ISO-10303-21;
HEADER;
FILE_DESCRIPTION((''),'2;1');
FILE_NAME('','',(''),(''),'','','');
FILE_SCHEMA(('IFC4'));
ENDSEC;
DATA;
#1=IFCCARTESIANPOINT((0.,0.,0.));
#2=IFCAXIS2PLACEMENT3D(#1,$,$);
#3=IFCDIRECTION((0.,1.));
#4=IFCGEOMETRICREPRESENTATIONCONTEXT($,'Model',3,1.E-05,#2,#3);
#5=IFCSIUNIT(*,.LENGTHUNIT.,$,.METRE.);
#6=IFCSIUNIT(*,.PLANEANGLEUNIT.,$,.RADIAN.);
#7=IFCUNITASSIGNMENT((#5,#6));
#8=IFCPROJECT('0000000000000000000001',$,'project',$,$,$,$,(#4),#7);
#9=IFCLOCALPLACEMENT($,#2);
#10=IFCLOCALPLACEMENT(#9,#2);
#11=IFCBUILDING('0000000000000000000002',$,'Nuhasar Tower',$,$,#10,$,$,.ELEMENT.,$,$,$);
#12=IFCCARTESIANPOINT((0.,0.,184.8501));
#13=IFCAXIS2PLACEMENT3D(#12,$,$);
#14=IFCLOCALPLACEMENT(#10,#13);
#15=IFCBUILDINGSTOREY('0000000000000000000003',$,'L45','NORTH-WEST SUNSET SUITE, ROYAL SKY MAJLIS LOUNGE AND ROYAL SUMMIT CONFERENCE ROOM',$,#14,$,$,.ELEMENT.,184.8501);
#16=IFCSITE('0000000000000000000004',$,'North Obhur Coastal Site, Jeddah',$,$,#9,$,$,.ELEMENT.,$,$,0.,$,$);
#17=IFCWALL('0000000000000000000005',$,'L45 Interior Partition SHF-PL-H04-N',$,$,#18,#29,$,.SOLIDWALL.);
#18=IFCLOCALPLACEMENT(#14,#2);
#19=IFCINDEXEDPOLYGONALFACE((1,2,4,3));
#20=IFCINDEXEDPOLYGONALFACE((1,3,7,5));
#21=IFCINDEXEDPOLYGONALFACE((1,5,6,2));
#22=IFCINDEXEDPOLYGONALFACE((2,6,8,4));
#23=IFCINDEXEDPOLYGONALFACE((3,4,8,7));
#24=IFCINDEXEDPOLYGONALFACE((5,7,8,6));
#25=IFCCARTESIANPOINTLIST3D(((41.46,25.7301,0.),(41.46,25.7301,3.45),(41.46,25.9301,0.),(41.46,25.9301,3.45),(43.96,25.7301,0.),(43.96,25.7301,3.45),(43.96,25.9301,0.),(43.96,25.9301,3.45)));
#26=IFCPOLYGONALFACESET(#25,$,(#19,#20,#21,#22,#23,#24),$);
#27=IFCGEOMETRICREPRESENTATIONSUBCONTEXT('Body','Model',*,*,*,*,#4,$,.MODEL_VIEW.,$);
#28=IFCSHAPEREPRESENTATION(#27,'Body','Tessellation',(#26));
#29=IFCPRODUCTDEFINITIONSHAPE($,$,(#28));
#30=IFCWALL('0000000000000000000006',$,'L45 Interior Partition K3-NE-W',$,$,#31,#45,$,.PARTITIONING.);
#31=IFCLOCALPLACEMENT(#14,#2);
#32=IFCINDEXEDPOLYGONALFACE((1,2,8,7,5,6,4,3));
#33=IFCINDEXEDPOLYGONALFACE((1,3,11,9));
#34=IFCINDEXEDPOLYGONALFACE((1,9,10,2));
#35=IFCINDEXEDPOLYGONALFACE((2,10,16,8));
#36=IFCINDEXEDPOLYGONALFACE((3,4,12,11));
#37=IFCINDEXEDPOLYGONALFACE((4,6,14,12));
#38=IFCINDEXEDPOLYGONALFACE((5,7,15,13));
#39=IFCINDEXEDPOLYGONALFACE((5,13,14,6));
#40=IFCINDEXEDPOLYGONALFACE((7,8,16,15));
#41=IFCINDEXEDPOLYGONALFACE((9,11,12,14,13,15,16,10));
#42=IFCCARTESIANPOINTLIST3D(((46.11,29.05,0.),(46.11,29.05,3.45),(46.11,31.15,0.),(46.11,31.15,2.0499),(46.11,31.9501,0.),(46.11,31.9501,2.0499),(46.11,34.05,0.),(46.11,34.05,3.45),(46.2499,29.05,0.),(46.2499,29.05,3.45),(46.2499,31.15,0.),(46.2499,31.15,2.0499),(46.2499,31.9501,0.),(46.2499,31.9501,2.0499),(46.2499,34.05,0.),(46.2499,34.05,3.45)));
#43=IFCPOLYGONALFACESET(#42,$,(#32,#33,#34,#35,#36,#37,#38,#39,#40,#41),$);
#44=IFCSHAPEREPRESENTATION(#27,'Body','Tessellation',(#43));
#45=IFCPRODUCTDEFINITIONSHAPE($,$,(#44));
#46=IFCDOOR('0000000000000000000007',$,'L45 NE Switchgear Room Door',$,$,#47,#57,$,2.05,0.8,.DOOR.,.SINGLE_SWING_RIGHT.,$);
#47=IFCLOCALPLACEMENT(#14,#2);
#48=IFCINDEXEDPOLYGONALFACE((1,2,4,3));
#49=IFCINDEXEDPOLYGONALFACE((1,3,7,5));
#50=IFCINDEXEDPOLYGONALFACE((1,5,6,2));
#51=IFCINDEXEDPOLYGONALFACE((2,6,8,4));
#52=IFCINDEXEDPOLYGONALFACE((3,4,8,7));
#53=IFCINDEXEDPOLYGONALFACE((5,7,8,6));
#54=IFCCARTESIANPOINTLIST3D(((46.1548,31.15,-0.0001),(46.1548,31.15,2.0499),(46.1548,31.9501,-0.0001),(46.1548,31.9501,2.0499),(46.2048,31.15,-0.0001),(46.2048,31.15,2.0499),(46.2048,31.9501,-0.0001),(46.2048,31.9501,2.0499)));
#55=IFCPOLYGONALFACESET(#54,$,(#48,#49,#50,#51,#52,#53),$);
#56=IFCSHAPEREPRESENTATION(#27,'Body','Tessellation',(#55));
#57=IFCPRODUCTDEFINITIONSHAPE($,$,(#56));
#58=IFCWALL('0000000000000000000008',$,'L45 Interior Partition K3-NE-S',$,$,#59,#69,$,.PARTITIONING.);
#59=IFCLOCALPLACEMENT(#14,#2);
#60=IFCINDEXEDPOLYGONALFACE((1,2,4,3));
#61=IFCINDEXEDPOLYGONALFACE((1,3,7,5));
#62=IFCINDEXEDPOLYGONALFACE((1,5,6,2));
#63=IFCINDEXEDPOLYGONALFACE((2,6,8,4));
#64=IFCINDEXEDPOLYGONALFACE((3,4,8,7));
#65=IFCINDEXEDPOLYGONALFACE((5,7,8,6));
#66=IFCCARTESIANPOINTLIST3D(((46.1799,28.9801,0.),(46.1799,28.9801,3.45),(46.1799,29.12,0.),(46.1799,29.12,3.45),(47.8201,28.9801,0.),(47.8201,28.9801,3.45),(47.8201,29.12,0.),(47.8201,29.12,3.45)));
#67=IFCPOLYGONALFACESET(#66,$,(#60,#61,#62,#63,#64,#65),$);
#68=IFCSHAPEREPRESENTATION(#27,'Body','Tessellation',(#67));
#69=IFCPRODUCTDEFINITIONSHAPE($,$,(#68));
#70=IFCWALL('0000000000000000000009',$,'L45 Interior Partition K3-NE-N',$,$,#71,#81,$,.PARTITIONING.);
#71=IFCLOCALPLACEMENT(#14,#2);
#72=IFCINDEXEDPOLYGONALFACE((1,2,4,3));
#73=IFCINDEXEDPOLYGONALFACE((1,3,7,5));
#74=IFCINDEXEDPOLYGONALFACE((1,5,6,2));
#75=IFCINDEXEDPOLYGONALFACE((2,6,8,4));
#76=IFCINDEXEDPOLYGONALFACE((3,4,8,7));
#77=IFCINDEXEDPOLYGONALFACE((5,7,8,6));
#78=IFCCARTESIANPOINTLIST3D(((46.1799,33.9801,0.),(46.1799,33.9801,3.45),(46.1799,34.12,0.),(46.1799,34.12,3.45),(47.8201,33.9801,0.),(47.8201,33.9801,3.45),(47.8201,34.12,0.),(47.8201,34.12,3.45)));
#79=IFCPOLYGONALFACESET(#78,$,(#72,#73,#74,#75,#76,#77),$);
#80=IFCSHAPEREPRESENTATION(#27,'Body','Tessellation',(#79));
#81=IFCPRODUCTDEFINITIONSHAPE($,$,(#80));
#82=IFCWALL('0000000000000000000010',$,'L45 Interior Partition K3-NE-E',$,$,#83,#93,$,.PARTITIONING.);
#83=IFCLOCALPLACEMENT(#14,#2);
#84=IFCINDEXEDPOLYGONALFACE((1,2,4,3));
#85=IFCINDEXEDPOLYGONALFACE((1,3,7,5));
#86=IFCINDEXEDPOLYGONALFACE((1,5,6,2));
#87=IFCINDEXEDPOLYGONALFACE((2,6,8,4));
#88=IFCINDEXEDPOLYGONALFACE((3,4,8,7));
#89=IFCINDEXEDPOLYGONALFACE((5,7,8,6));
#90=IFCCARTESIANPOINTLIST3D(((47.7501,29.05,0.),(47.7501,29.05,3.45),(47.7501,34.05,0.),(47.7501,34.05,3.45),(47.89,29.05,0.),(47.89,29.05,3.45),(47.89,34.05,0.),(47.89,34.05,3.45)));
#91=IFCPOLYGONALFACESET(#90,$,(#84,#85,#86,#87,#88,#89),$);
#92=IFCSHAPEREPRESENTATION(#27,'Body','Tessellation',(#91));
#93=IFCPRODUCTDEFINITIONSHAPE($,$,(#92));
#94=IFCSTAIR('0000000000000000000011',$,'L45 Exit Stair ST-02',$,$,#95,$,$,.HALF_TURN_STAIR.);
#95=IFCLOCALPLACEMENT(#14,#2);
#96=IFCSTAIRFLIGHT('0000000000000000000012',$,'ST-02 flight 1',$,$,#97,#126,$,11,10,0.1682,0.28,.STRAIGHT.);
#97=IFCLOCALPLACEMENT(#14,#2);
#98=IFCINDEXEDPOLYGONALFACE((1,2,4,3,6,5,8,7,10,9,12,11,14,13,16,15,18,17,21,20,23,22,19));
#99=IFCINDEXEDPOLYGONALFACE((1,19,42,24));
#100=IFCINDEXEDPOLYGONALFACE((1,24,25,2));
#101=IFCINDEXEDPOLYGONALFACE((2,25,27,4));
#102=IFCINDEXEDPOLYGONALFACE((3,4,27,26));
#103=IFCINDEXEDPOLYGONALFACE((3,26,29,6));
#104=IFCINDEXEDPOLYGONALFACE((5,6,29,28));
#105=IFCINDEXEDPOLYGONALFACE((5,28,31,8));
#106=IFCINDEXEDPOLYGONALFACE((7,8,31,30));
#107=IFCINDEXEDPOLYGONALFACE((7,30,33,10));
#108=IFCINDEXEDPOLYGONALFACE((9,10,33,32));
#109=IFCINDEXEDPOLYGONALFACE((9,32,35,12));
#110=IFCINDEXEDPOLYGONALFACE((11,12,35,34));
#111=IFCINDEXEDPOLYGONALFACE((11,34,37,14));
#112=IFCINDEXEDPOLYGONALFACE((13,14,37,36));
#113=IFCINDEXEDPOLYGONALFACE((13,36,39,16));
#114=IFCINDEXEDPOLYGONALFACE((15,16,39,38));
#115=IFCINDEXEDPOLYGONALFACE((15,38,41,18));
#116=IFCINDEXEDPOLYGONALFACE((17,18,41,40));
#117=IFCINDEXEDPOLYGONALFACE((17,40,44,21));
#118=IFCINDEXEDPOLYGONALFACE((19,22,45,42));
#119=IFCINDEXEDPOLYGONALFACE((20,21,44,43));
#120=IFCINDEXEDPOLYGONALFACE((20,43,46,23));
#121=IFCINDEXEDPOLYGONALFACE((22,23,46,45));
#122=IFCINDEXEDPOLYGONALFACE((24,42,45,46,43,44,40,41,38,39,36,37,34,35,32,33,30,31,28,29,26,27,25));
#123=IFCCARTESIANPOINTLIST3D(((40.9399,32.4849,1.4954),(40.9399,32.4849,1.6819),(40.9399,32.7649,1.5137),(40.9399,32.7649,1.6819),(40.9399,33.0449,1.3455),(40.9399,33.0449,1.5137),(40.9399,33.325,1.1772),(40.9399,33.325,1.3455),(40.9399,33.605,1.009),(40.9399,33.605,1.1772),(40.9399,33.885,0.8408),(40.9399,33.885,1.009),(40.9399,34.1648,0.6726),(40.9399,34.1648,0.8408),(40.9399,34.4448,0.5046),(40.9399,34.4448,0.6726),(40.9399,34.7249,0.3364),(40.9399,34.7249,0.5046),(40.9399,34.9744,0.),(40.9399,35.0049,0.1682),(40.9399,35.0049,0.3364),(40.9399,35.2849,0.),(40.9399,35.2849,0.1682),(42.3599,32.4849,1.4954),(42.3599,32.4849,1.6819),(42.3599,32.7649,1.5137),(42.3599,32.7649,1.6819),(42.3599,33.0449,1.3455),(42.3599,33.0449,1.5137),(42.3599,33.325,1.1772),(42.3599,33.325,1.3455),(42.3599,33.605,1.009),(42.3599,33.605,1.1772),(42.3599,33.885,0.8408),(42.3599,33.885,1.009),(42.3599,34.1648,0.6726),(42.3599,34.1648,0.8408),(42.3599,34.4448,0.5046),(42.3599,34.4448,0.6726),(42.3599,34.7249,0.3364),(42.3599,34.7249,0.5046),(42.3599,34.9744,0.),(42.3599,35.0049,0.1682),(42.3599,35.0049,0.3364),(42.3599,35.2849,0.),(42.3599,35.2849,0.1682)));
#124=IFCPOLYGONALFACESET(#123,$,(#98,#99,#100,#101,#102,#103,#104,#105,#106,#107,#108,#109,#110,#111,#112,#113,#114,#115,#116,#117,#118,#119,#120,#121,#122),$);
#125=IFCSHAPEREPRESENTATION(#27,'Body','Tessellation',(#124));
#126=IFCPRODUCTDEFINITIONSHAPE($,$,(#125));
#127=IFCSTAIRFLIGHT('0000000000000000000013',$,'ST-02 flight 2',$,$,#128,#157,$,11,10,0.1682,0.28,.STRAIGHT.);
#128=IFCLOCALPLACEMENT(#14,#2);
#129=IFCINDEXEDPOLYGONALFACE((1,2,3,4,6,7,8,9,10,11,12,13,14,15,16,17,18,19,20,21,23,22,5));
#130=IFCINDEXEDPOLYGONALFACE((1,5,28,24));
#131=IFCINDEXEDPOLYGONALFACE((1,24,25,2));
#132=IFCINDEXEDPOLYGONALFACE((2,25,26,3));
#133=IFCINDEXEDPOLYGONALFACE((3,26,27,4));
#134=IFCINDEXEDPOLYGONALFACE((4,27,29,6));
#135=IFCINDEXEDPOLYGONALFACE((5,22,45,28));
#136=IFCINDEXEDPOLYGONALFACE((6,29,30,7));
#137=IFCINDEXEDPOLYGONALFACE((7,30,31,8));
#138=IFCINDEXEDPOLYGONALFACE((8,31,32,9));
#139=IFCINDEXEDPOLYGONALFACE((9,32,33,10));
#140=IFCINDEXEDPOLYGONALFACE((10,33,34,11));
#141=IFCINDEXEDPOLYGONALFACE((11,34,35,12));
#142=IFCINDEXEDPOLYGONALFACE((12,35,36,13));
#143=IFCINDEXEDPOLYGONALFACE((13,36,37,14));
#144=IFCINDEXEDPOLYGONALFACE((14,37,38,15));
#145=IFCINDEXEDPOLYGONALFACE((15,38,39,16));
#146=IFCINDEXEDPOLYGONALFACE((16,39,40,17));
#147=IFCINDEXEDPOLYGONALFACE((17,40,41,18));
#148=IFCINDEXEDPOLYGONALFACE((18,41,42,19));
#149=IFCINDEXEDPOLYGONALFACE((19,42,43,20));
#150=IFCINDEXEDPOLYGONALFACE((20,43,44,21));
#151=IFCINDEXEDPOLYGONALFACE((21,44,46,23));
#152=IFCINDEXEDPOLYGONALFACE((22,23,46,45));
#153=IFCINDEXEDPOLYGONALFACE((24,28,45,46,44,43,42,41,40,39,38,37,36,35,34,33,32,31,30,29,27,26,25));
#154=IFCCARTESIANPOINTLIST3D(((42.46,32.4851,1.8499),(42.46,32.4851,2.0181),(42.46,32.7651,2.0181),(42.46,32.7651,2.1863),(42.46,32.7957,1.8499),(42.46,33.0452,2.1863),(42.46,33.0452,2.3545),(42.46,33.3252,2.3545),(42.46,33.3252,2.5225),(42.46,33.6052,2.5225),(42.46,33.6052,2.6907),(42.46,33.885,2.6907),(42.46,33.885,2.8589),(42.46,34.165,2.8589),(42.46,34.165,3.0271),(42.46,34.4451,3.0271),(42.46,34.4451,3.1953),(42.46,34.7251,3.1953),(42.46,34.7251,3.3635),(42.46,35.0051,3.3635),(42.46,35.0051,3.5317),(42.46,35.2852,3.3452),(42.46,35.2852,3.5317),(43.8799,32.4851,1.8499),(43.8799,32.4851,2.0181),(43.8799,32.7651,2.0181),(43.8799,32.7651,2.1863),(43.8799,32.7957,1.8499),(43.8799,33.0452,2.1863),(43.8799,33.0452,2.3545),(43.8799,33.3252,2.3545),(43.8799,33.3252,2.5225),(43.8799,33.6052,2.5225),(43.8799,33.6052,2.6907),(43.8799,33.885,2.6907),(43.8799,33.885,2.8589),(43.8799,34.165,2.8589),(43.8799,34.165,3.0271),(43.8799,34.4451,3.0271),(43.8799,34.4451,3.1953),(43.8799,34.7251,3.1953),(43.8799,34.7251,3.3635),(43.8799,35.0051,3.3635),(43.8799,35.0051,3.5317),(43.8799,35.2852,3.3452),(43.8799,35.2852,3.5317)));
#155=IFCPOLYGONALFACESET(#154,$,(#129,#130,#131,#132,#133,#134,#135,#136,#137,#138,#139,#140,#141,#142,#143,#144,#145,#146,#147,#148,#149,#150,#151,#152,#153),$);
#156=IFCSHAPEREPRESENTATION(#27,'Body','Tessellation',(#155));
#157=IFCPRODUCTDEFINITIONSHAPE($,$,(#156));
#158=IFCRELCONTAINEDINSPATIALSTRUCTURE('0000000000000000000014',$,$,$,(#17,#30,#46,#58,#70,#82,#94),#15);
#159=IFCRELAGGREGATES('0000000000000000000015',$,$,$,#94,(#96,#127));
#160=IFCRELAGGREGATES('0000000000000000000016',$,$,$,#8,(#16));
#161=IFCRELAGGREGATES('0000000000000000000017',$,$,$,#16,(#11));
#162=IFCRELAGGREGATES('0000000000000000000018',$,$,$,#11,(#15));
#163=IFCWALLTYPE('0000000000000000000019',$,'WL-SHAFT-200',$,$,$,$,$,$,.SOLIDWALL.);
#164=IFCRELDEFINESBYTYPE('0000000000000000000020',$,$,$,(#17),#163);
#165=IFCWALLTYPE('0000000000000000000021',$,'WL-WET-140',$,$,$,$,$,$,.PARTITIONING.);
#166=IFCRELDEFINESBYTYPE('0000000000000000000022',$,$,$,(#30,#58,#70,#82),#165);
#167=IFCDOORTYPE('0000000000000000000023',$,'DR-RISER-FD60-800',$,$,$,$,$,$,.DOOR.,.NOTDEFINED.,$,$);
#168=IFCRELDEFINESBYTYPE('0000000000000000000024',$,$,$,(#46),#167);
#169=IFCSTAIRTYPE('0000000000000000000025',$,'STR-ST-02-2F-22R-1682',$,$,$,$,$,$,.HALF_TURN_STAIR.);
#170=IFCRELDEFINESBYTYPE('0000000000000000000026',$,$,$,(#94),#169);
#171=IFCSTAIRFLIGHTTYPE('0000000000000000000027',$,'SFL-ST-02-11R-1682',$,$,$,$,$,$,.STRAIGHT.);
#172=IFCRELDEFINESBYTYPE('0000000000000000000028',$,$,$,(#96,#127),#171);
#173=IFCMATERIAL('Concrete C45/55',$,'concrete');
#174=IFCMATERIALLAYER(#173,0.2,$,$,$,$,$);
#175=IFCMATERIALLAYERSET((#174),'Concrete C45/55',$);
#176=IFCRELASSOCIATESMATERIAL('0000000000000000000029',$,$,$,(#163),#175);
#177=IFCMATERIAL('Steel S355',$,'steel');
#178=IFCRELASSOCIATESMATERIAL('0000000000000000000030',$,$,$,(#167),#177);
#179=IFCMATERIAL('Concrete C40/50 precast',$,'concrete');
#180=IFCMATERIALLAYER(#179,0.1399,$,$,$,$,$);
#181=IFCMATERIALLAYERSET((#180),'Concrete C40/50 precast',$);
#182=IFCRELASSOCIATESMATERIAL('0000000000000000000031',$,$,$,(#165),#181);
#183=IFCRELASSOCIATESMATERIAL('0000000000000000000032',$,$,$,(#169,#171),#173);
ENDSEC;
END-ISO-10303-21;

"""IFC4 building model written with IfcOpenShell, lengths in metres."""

from ifc_helpers import new_model, si_unit, direction, frame, frame_2d, origin, place, context, subcontext, project, spatial, polyline, rectangle, outline, extrude, material, layer, layer_set, type_object, element, fill, aggregate, save


model = new_model("IFC4")

# Units and contexts
model_context = context("Model", 3, precision=1e-05, world=origin(), true_north=direction((0.0, 1.0)))
body_context = subcontext(model_context, "Body", "Model", "MODEL_VIEW")
ifc_project = project(units=[si_unit("LENGTHUNIT", "METRE"), si_unit("PLANEANGLEUNIT", "RADIAN")], contexts=[model_context])

# Site, building, storey
site_placement = place(None, origin())
site = spatial("IfcSite", under=ifc_project, at=site_placement, Name="North Obhur Coastal Site, Jeddah", CompositionType="ELEMENT", RefElevation=0.0)
building_placement = place(site_placement, origin())
building = spatial("IfcBuilding", under=site, at=building_placement, Name="Nuhasar Tower", CompositionType="ELEMENT")
storey_placement = place(building_placement, frame((0.0, 0.0, 184.8501)))
storey = spatial("IfcBuildingStorey", under=building, at=storey_placement, Name="L45", Description="NORTH-WEST SUNSET SUITE, ROYAL SKY MAJLIS LOUNGE AND ROYAL SUMMIT CONFERENCE ROOM", CompositionType="ELEMENT", Elevation=184.8501)

# Shared definitions
ifc_material_1 = material(Name="Steel S355", Category="steel")

# Shared definitions
ifc_material_2 = material(Name="Concrete C45/55", Category="concrete")
ifc_layer_1 = layer(ifc_material_2, 0.2)
ifc_layer_set_1 = layer_set([ifc_layer_1], Name="Concrete C45/55")
wall_type_1 = type_object("IfcWallType", Name="WL-SHAFT-200", PredefinedType="SOLIDWALL", material=ifc_layer_set_1)

# Shared definitions
door_type = type_object("IfcDoorType", Name="DR-RISER-FD60-800", OperationType="NOTDEFINED", PredefinedType="DOOR", material=ifc_material_1)

# Wall
for number, where, z_axis, x_axis, name in (
    (1, (41.46, 25.8301, 0.0), (0.0, 0.0, 1.0), (1.0, 0.0, 0.0), "L45 Interior Partition SHF-PL-H04-N"),
):
    element("IfcWall", number, at=place(storey_placement, frame(where, z_axis=z_axis, x_axis=x_axis)), inside=storey, type_object=wall_type_1, Name=name, PredefinedType="SOLIDWALL", context=body_context, shape_type="SweptSolid", body=[
        extrude(rectangle(XDim=2.5, YDim=0.2, at=frame_2d((1.25, 0.0))), origin(), (0.0, 0.0, 1.0), 3.45),
    ])

# Wall, opening, door
ifc_material_3 = material(Name="Concrete C40/50 precast", Category="concrete")
ifc_layer_2 = layer(ifc_material_3, 0.1399)
ifc_layer_set_2 = layer_set([ifc_layer_2], Name="Concrete C40/50 precast")
wall_type_2 = type_object("IfcWallType", Name="WL-WET-140", PredefinedType="PARTITIONING", material=ifc_layer_set_2)
wall_1_placement = place(storey_placement, frame((46.1799, 34.05, 0.0), z_axis=(0.0, 0.0, 1.0), x_axis=(0.0, -1.0, 0.0)))
wall_1 = element("IfcWall", 2, at=wall_1_placement, inside=storey, type_object=wall_type_2, Name="L45 Interior Partition K3-NE-W", PredefinedType="PARTITIONING", context=body_context, shape_type="SweptSolid", body=[
    extrude(rectangle(XDim=5.0, YDim=0.1399, at=frame_2d((2.5, 0.0))), origin(), (0.0, 0.0, 1.0), 3.45),
])
opening_1_placement = place(wall_1_placement, frame((2.1001, 0.0, 0.0)))
opening_1 = element("IfcOpeningElement", 3, at=opening_1_placement, cuts=wall_1, PredefinedType="OPENING", context=body_context, shape_type="SweptSolid", body=[
    extrude(rectangle(XDim=0.8, YDim=2.05, at=frame_2d((0.3999, 1.0249))), frame((0.0, 0.0801, 0.0), z_axis=(0.0, -1.0, 0.0), x_axis=(1.0, 0.0, 0.0)), (0.0, 0.0, 1.0), 0.1599),
])
door_1_placement = place(opening_1_placement, origin())
door_1 = element("IfcDoor", 4, at=door_1_placement, inside=storey, type_object=door_type, Name="L45 NE Switchgear Room Door", OperationType="SINGLE_SWING_RIGHT", OverallHeight=2.05, OverallWidth=0.8, PredefinedType="DOOR", context=body_context, shape_type="SweptSolid", body=[
    extrude(rectangle(XDim=0.8, YDim=2.05, at=frame_2d((0.3999, 1.0249))), frame((0.0, 0.0249, 0.0), z_axis=(0.0, -1.0, 0.0), x_axis=(1.0, 0.0, 0.0)), (0.0, 0.0, 1.0), 0.05),
])
fill(opening_1, door_1)

# Walls
for number, where, z_axis, x_axis, name in (
    (5, (46.1799, 29.05, 0.0), (0.0, 0.0, 1.0), (1.0, 0.0, 0.0), "L45 Interior Partition K3-NE-S"),
    (6, (46.1799, 34.05, 0.0), (0.0, 0.0, 1.0), (1.0, 0.0, 0.0), "L45 Interior Partition K3-NE-N"),
):
    element("IfcWall", number, at=place(storey_placement, frame(where, z_axis=z_axis, x_axis=x_axis)), inside=storey, type_object=wall_type_2, Name=name, PredefinedType="PARTITIONING", context=body_context, shape_type="SweptSolid", body=[
        extrude(rectangle(XDim=1.6401, YDim=0.1399, at=frame_2d((0.8201, 0.0))), origin(), (0.0, 0.0, 1.0), 3.45),
    ])
wall_2_placement = place(storey_placement, frame((47.8201, 29.05, 0.0), z_axis=(0.0, 0.0, 1.0), x_axis=(0.0, 1.0, 0.0)))
element("IfcWall", 7, at=wall_2_placement, inside=storey, type_object=wall_type_2, Name="L45 Interior Partition K3-NE-E", PredefinedType="PARTITIONING", context=body_context, shape_type="SweptSolid", body=[
    extrude(rectangle(XDim=5.0, YDim=0.1399, at=frame_2d((2.5, 0.0))), origin(), (0.0, 0.0, 1.0), 3.45),
])

# Stair, stair flights
stair_type_1 = type_object("IfcStairType", Name="STR-ST-02-2F-22R-1682", PredefinedType="HALF_TURN_STAIR", material=ifc_material_2)
stair_1_placement = place(storey_placement, origin())
stair_1 = element("IfcStair", 8, at=stair_1_placement, inside=storey, type_object=stair_type_1, Name="L45 Exit Stair ST-02", PredefinedType="HALF_TURN_STAIR")
stair_flight_type_1 = type_object("IfcStairFlightType", Name="SFL-ST-02-11R-1682", PredefinedType="STRAIGHT", material=ifc_material_2)
stair_flight_1_placement = place(storey_placement, frame((41.6499, 35.2849, 0.0), z_axis=(0.0, 0.0, 1.0), x_axis=(0.0, -1.0, 0.0)))
stair_flight_1 = element("IfcStairFlight", 9, at=stair_flight_1_placement, type_object=stair_flight_type_1, Name="ST-02 flight 1", NumberOfRisers=11, NumberOfTreads=10, PredefinedType="STRAIGHT", RiserHeight=0.1682, TreadLength=0.28, context=body_context, shape_type="SweptSolid", body=[
    extrude(outline(polyline([(0.0, 0.0), (0.0, 0.1682), (0.28, 0.1682), (0.28, 0.3364), (0.5601, 0.3364), (0.5601, 0.5046), (0.8401, 0.5046), (0.8401, 0.6726), (1.1201, 0.6726), (1.1201, 0.8408), (1.3999, 0.8408), (1.3999, 1.009), (1.6799, 1.009), (1.6799, 1.1772), (1.96, 1.1772), (1.96, 1.3455), (2.24, 1.3455), (2.24, 1.5137), (2.52, 1.5137), (2.52, 1.6819), (2.8, 1.6819), (2.8, 1.8501), (2.8, 1.4954), (0.3105, 0.0), (0.0, 0.0)])), frame((0.0, 0.71, 0.0), z_axis=(0.0, -1.0, 0.0), x_axis=(1.0, 0.0, 0.0)), (0.0, 0.0, 1.0), 1.4199),
])
stair_flight_2_placement = place(storey_placement, frame((43.1699, 32.4851, 1.8499), z_axis=(0.0, 0.0, 1.0), x_axis=(0.0, 1.0, 0.0)))
stair_flight_2 = element("IfcStairFlight", 10, at=stair_flight_2_placement, type_object=stair_flight_type_1, Name="ST-02 flight 2", NumberOfRisers=11, NumberOfTreads=10, PredefinedType="STRAIGHT", RiserHeight=0.1682, TreadLength=0.28, context=body_context, shape_type="SweptSolid", body=[
    extrude(outline(polyline([(0.0, 0.0), (0.0, 0.1682), (0.28, 0.1682), (0.28, 0.3364), (0.5601, 0.3364), (0.5601, 0.5046), (0.8401, 0.5046), (0.8401, 0.6726), (1.1201, 0.6726), (1.1201, 0.8408), (1.3999, 0.8408), (1.3999, 1.009), (1.6799, 1.009), (1.6799, 1.1772), (1.96, 1.1772), (1.96, 1.3455), (2.24, 1.3455), (2.24, 1.5137), (2.52, 1.5137), (2.52, 1.6819), (2.8, 1.6819), (2.8, 1.8501), (2.8, 1.4954), (0.3105, 0.0), (0.0, 0.0)])), frame((0.0, 0.71, 0.0), z_axis=(0.0, -1.0, 0.0), x_axis=(1.0, 0.0, 0.0)), (0.0, 0.0, 1.0), 1.4199),
])
aggregate(stair_1, [stair_flight_1, stair_flight_2])

save(model, "model.ifc")
